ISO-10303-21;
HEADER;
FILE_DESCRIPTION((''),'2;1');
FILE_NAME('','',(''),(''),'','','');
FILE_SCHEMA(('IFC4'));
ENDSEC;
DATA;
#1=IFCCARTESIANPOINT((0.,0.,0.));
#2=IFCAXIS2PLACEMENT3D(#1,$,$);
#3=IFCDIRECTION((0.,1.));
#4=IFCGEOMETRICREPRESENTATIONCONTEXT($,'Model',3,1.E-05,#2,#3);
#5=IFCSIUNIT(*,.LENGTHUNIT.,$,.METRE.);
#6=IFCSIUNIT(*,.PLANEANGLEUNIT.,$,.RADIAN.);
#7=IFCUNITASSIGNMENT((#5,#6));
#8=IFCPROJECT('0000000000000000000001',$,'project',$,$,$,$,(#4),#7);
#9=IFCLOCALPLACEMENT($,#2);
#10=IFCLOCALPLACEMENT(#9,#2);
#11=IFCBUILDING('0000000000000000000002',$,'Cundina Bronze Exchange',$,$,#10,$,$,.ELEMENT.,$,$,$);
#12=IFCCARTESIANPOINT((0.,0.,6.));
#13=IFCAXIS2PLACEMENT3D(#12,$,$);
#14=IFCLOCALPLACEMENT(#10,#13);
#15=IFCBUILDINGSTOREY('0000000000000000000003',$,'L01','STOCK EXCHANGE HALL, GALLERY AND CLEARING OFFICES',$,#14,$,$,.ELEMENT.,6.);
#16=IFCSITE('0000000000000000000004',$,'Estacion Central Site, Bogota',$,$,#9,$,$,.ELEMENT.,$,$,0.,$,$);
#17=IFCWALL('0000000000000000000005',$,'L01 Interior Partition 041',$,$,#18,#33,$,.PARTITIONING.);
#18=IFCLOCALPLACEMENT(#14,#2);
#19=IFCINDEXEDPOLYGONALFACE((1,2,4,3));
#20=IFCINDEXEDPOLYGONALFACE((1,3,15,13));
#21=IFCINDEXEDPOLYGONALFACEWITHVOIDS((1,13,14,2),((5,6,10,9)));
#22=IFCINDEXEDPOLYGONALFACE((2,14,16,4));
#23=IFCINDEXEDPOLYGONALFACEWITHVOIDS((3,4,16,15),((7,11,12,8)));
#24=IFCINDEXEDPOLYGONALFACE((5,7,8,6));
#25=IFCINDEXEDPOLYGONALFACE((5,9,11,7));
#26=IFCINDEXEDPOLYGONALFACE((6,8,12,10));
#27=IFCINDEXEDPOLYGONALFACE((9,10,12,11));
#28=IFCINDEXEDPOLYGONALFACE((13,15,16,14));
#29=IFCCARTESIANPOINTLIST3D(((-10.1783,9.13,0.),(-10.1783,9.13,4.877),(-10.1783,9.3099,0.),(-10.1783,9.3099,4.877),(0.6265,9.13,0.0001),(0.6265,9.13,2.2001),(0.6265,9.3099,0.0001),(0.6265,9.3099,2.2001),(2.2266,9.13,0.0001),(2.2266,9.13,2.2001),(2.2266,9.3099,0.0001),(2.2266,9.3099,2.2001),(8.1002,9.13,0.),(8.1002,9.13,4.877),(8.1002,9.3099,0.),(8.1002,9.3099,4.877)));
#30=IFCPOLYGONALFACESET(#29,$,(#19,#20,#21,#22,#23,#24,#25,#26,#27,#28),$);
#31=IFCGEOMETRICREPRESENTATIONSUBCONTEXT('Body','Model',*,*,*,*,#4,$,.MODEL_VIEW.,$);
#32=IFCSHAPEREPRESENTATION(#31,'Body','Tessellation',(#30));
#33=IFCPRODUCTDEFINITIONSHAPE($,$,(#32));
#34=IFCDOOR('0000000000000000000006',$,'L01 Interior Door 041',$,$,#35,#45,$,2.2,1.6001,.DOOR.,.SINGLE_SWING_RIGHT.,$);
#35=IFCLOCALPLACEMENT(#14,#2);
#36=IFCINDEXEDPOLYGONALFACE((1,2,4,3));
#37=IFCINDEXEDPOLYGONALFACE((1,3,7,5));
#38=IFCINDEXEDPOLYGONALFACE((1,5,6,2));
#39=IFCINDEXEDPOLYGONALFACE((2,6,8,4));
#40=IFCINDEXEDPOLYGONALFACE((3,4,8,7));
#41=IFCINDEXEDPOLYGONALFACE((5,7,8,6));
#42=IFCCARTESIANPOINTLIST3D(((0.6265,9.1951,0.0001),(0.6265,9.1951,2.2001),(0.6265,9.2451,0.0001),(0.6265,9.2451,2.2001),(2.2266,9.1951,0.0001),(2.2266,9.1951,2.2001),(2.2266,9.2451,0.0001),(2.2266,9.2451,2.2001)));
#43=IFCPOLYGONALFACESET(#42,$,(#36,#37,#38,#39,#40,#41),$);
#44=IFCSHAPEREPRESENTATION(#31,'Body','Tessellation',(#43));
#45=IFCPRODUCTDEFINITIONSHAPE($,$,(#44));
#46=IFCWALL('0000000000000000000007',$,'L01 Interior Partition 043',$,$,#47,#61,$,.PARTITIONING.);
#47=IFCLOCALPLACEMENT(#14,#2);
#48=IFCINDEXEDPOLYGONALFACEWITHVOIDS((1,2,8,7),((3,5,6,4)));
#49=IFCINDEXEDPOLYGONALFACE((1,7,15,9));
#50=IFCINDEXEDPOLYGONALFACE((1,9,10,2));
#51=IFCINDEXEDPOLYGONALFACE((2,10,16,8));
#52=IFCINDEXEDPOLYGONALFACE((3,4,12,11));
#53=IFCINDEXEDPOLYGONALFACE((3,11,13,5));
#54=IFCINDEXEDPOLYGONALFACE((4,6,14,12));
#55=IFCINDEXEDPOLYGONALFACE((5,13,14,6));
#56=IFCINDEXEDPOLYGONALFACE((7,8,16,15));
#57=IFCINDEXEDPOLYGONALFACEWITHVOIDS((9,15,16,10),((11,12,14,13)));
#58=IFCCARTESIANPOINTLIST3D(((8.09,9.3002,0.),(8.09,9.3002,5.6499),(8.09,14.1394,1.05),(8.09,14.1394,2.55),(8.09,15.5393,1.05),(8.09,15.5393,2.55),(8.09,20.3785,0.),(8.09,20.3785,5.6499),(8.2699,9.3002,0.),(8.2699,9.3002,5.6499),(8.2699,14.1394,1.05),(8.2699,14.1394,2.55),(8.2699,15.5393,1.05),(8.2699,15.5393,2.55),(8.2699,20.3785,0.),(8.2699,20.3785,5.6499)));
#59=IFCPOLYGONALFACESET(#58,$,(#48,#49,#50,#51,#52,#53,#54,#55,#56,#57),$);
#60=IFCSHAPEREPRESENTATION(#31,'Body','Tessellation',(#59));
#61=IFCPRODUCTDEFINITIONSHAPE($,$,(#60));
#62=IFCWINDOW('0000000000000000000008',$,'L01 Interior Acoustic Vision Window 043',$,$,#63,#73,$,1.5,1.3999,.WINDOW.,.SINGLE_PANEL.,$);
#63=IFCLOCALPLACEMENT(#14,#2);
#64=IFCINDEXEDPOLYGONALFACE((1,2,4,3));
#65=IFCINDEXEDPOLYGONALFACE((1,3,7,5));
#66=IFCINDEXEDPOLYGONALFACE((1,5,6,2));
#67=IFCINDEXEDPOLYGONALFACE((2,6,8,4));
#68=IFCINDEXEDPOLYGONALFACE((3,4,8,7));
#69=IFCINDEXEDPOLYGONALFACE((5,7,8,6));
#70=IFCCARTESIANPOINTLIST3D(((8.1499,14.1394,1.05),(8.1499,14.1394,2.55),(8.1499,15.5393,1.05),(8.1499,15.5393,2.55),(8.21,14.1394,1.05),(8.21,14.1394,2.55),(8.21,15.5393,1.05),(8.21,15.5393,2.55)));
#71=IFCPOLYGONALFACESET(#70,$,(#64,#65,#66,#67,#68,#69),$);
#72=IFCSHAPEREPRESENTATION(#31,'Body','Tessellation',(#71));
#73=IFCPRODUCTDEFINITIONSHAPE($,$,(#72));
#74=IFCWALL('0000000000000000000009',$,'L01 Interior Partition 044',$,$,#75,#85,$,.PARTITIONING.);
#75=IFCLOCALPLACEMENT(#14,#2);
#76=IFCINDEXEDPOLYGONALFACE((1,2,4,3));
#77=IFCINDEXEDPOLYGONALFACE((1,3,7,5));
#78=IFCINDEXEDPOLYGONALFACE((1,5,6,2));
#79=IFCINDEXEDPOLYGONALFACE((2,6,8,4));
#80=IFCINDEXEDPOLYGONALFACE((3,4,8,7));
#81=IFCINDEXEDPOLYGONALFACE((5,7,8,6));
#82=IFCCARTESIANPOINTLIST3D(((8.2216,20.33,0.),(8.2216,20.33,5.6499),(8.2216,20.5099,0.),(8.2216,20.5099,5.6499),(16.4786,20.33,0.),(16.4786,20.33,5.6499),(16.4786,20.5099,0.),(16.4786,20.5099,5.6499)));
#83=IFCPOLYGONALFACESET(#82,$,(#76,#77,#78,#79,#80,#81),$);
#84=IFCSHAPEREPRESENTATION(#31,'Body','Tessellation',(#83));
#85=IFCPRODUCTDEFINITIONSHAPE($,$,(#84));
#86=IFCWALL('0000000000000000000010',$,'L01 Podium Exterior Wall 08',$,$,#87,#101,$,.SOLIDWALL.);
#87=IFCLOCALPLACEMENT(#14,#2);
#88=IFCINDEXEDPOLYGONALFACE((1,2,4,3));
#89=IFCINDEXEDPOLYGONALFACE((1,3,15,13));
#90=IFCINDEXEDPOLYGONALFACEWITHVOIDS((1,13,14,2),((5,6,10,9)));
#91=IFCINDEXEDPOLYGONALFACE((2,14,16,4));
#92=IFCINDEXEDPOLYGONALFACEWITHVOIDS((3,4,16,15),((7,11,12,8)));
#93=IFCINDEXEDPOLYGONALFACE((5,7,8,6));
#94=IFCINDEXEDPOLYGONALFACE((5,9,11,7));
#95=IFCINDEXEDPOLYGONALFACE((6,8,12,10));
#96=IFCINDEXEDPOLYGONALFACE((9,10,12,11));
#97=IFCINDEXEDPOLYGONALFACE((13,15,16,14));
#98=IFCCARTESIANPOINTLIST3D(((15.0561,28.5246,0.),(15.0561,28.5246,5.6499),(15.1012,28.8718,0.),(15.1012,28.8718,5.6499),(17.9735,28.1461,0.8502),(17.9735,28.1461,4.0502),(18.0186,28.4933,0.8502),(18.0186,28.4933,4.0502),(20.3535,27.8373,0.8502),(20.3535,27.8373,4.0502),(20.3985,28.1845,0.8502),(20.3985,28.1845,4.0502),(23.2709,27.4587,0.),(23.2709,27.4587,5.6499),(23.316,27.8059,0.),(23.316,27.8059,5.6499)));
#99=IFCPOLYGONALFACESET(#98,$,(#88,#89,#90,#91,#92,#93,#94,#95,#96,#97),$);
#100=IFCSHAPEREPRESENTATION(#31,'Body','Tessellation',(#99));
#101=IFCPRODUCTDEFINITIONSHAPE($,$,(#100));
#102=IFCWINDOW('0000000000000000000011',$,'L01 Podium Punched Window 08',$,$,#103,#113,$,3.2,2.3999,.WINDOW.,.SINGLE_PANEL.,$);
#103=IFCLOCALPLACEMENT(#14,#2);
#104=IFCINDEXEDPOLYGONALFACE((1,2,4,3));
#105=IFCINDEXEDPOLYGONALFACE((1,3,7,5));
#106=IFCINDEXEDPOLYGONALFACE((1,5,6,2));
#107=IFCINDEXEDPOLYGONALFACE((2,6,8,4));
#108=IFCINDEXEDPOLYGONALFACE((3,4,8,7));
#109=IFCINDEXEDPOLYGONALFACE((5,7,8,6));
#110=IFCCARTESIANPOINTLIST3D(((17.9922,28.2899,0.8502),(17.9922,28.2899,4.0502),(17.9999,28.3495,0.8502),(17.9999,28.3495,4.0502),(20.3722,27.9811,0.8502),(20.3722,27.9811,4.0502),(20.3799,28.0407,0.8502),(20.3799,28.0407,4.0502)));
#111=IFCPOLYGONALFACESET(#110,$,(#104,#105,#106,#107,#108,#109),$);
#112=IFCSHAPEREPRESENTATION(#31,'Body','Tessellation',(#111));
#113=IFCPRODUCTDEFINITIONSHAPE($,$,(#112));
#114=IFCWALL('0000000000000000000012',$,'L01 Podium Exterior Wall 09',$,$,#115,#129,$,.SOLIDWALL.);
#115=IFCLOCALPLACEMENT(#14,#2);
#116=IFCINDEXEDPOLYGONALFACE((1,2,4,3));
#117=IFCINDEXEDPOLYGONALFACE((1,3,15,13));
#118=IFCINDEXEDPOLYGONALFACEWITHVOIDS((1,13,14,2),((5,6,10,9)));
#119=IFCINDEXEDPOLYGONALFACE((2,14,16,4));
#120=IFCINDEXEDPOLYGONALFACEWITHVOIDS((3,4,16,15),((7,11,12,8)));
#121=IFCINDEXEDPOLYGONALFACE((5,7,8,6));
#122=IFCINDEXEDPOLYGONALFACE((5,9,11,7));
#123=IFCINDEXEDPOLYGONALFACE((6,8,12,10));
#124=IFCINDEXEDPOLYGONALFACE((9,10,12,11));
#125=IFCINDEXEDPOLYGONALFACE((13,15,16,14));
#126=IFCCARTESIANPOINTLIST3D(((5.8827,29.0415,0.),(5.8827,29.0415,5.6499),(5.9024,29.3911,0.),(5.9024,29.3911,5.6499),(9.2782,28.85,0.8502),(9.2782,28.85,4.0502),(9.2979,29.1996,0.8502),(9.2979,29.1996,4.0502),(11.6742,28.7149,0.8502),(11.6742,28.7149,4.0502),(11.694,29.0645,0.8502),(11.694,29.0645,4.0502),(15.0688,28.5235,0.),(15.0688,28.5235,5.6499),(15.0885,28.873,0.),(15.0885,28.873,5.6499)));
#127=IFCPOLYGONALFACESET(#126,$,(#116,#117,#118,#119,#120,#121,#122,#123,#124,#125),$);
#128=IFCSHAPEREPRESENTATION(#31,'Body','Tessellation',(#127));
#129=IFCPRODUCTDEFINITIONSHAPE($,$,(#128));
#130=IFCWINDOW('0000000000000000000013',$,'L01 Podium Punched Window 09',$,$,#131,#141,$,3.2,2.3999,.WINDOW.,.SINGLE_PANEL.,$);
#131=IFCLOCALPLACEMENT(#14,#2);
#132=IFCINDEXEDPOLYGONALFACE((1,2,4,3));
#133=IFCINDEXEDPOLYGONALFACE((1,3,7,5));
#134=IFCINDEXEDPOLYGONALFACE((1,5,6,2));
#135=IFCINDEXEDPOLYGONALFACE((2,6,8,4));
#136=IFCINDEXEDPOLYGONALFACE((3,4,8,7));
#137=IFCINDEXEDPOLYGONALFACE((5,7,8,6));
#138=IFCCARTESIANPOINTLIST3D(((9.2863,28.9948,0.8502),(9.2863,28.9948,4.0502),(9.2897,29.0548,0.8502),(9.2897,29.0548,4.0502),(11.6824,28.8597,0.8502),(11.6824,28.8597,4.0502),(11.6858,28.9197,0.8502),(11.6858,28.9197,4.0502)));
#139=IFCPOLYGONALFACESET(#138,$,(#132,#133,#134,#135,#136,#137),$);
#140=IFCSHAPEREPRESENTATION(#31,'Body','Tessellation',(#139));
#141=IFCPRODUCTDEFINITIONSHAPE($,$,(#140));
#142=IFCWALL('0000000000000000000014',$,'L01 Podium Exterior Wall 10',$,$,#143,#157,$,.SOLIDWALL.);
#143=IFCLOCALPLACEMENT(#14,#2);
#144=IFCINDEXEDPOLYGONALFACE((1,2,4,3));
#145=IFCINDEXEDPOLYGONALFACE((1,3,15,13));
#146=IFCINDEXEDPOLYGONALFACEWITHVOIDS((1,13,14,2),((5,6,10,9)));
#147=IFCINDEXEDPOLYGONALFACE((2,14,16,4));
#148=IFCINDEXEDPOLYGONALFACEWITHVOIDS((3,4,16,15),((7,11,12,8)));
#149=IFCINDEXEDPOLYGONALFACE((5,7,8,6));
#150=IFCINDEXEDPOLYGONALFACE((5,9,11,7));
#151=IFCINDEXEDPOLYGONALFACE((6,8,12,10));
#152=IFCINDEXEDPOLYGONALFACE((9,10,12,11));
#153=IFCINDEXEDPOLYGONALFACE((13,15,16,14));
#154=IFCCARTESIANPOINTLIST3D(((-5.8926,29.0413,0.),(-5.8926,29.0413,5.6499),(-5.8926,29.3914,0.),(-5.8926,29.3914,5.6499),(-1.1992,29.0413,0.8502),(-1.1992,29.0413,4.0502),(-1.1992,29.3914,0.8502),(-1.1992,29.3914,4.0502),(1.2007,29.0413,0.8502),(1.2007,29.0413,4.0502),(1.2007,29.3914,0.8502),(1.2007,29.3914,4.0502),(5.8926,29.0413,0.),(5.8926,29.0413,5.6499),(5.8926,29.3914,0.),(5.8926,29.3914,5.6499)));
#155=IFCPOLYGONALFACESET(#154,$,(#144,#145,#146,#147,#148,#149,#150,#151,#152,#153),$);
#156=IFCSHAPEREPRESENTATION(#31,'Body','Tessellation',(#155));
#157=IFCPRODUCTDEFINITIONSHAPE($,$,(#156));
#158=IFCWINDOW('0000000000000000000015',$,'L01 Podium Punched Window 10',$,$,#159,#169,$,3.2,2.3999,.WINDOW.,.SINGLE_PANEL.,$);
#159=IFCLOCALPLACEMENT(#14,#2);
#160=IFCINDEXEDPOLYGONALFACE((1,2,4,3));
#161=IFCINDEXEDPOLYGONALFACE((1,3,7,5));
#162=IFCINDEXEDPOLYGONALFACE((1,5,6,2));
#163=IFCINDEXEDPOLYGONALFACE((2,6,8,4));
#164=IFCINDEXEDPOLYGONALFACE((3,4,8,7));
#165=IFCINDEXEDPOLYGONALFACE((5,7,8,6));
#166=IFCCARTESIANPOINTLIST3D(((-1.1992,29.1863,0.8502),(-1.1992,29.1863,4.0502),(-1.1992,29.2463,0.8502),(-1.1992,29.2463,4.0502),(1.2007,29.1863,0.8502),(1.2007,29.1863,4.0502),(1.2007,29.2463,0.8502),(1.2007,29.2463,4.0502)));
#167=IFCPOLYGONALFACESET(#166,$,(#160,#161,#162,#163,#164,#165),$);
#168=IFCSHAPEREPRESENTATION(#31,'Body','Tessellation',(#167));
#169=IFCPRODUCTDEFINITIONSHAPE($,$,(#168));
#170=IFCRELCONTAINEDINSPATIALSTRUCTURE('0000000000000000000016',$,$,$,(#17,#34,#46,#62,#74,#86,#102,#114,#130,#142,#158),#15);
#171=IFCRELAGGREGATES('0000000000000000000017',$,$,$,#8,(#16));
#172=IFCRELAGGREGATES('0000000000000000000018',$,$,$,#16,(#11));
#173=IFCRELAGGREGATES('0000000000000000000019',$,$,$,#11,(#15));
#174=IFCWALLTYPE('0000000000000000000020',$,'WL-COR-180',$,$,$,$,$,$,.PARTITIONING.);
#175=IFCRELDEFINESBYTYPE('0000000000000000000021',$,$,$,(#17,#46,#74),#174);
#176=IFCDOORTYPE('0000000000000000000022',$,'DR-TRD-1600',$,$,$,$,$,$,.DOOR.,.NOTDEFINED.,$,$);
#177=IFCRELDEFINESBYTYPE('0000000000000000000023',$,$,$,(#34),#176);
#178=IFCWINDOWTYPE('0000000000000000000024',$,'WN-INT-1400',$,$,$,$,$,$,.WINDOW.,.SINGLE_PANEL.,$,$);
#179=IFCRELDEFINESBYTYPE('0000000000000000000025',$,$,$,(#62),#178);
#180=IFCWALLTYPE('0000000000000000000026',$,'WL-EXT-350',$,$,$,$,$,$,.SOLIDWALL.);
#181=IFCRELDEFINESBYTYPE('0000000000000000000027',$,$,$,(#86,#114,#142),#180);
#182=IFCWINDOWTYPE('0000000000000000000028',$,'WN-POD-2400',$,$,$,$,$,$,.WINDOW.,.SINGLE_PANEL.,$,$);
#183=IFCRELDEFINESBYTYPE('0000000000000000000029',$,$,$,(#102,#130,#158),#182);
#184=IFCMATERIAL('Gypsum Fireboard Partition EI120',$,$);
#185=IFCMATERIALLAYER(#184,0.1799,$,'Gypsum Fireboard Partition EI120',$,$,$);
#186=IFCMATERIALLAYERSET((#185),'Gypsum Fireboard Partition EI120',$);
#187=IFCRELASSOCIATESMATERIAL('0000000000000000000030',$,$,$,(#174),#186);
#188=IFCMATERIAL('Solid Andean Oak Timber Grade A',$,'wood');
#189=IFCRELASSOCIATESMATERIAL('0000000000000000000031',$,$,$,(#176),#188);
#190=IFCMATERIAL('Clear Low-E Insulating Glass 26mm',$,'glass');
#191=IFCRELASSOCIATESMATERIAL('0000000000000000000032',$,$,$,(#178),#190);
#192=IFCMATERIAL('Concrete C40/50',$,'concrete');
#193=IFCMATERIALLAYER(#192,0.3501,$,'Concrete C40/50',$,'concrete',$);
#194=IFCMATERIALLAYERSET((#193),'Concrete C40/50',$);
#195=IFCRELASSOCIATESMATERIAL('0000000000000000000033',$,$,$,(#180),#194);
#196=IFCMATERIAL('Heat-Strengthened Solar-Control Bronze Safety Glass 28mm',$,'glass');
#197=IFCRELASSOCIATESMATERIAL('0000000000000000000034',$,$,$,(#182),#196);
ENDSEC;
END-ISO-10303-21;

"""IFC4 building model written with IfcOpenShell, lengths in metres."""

from ifc_helpers import new_model, si_unit, direction, frame, frame_2d, origin, place, context, subcontext, project, spatial, rectangle, extrude, material, layer, layer_set, type_object, element, fill, save


model = new_model("IFC4")

# Units and contexts
model_context = context("Model", 3, precision=1e-05, world=origin(), true_north=direction((0.0, 1.0)))
body_context = subcontext(model_context, "Body", "Model", "MODEL_VIEW")
ifc_project = project(units=[si_unit("LENGTHUNIT", "METRE"), si_unit("PLANEANGLEUNIT", "RADIAN")], contexts=[model_context])

# Site, building, storey
site_placement = place(None, origin())
site = spatial("IfcSite", under=ifc_project, at=site_placement, Name="Estacion Central Site, Bogota", CompositionType="ELEMENT", RefElevation=0.0)
building_placement = place(site_placement, origin())
building = spatial("IfcBuilding", under=site, at=building_placement, Name="Cundina Bronze Exchange", CompositionType="ELEMENT")
storey_placement = place(building_placement, frame((0.0, 0.0, 6.0)))
storey = spatial("IfcBuildingStorey", under=building, at=storey_placement, Name="L01", Description="STOCK EXCHANGE HALL, GALLERY AND CLEARING OFFICES", CompositionType="ELEMENT", Elevation=6.0)

# Wall, opening, door
ifc_material_1 = material(Name="Gypsum Fireboard Partition EI120")
ifc_layer_1 = layer(ifc_material_1, 0.1799, Name="Gypsum Fireboard Partition EI120")
ifc_layer_set_1 = layer_set([ifc_layer_1], Name="Gypsum Fireboard Partition EI120")
wall_type_1 = type_object("IfcWallType", Name="WL-COR-180", PredefinedType="PARTITIONING", material=ifc_layer_set_1)
wall_1_placement = place(storey_placement, frame((8.1001, 9.22, 0.0), z_axis=(0.0, 0.0, 1.0), x_axis=(-1.0, 0.0, 0.0)))
wall_1 = element("IfcWall", 1, at=wall_1_placement, inside=storey, type_object=wall_type_1, Name="L01 Interior Partition 041", PredefinedType="PARTITIONING", context=body_context, shape_type="SweptSolid", body=[
    extrude(rectangle(XDim=18.2786, YDim=0.1799, at=frame_2d((9.1392, 0.0))), origin(), (0.0, 0.0, 1.0), 4.877),
])
opening_1_placement = place(wall_1_placement, frame((5.8735, 0.0, 0.0)))
opening_1 = element("IfcOpeningElement", 2, at=opening_1_placement, cuts=wall_1, PredefinedType="OPENING", context=body_context, shape_type="SweptSolid", body=[
    extrude(rectangle(XDim=1.6001, YDim=2.2, at=frame_2d((0.8, 1.1001))), frame((0.0, 0.0999, 0.0), z_axis=(0.0, -1.0, 0.0), x_axis=(1.0, 0.0, 0.0)), (0.0, 0.0, 1.0), 0.2),
])
ifc_material_2 = material(Name="Solid Andean Oak Timber Grade A", Category="wood")
door_type_1 = type_object("IfcDoorType", Name="DR-TRD-1600", OperationType="NOTDEFINED", PredefinedType="DOOR", material=ifc_material_2)
door_1_placement = place(opening_1_placement, origin())
door_1 = element("IfcDoor", 3, at=door_1_placement, inside=storey, type_object=door_type_1, Name="L01 Interior Door 041", OperationType="SINGLE_SWING_RIGHT", OverallHeight=2.2, OverallWidth=1.6001, PredefinedType="DOOR", context=body_context, shape_type="SweptSolid", body=[
    extrude(rectangle(XDim=1.6001, YDim=2.2, at=frame_2d((0.8, 1.1001))), frame((0.0, 0.0249, 0.0), z_axis=(0.0, -1.0, 0.0), x_axis=(1.0, 0.0, 0.0)), (0.0, 0.0, 1.0), 0.05),
])
fill(opening_1, door_1)

# Wall, opening, window
wall_2_placement = place(storey_placement, frame((8.1799, 20.3784, 0.0), z_axis=(0.0, 0.0, 1.0), x_axis=(0.0, -1.0, 0.0)))
wall_2 = element("IfcWall", 4, at=wall_2_placement, inside=storey, type_object=wall_type_1, Name="L01 Interior Partition 043", PredefinedType="PARTITIONING", context=body_context, shape_type="SweptSolid", body=[
    extrude(rectangle(XDim=11.0784, YDim=0.1799, at=frame_2d((5.5391, 0.0))), origin(), (0.0, 0.0, 1.0), 5.6499),
])
opening_2_placement = place(wall_2_placement, frame((4.8391, 0.0, 1.05)))
opening_2 = element("IfcOpeningElement", 5, at=opening_2_placement, cuts=wall_2, PredefinedType="OPENING", context=body_context, shape_type="SweptSolid", body=[
    extrude(rectangle(XDim=1.3999, YDim=1.5, at=frame_2d((0.7, 0.75))), frame((0.0, 0.0999, 0.0), z_axis=(0.0, -1.0, 0.0), x_axis=(1.0, 0.0, 0.0)), (0.0, 0.0, 1.0), 0.2),
])
ifc_material_3 = material(Name="Clear Low-E Insulating Glass 26mm", Category="glass")
window_type_1 = type_object("IfcWindowType", Name="WN-INT-1400", PartitioningType="SINGLE_PANEL", PredefinedType="WINDOW", material=ifc_material_3)
window_1_placement = place(opening_2_placement, origin())
window_1 = element("IfcWindow", 6, at=window_1_placement, inside=storey, type_object=window_type_1, Name="L01 Interior Acoustic Vision Window 043", OverallHeight=1.5, OverallWidth=1.3999, PartitioningType="SINGLE_PANEL", PredefinedType="WINDOW", context=body_context, shape_type="SweptSolid", body=[
    extrude(rectangle(XDim=1.3999, YDim=1.5, at=frame_2d((0.7, 0.75))), frame((0.0, 0.03, 0.0), z_axis=(0.0, -1.0, 0.0), x_axis=(1.0, 0.0, 0.0)), (0.0, 0.0, 1.0), 0.0601),
])
fill(opening_2, window_1)

# Wall
wall_3_placement = place(storey_placement, frame((16.4785, 20.4199, 0.0), z_axis=(0.0, 0.0, 1.0), x_axis=(-1.0, 0.0, 0.0)))
element("IfcWall", 7, at=wall_3_placement, inside=storey, type_object=wall_type_1, Name="L01 Interior Partition 044", PredefinedType="PARTITIONING", context=body_context, shape_type="SweptSolid", body=[
    extrude(rectangle(XDim=8.2571, YDim=0.1799, at=frame_2d((4.1284, 0.0))), origin(), (0.0, 0.0, 1.0), 5.6499),
])

# Walls, openings, windows
ifc_material_4 = material(Name="Concrete C40/50", Category="concrete")
ifc_layer_2 = layer(ifc_material_4, 0.3501, Name="Concrete C40/50", Category="concrete")
ifc_layer_set_2 = layer_set([ifc_layer_2], Name="Concrete C40/50")
wall_type_2 = type_object("IfcWallType", Name="WL-EXT-350", PredefinedType="SOLIDWALL", material=ifc_layer_set_2)
wall_4_placement = place(storey_placement, frame((23.2935, 27.6323, 0.0), z_axis=(0.0, 0.0, 1.0), x_axis=(-0.991687, 0.128676, 0.0)))
wall_4 = element("IfcWall", 8, at=wall_4_placement, inside=storey, type_object=wall_type_2, Name="L01 Podium Exterior Wall 08", PredefinedType="SOLIDWALL", context=body_context, shape_type="SweptSolid", body=[
    extrude(rectangle(XDim=8.2837, YDim=0.3501, at=frame_2d((4.1418, 0.0))), origin(), (0.0, 0.0, 1.0), 5.6499),
])
opening_3_placement = place(wall_4_placement, frame((2.9419, 0.0, 0.8501)))
opening_3 = element("IfcOpeningElement", 9, at=opening_3_placement, cuts=wall_4, PredefinedType="OPENING", context=body_context, shape_type="SweptSolid", body=[
    extrude(rectangle(XDim=2.3999, YDim=3.2, at=frame_2d((1.2, 1.6001))), frame((0.0, 0.1851, 0.0), z_axis=(0.0, -1.0, 0.0), x_axis=(1.0, 0.0, 0.0)), (0.0, 0.0, 1.0), 0.3701),
])
ifc_material_5 = material(Name="Heat-Strengthened Solar-Control Bronze Safety Glass 28mm", Category="glass")
window_type_2 = type_object("IfcWindowType", Name="WN-POD-2400", PartitioningType="SINGLE_PANEL", PredefinedType="WINDOW", material=ifc_material_5)
window_2_placement = place(opening_3_placement, origin())
window_2 = element("IfcWindow", 10, at=window_2_placement, inside=storey, type_object=window_type_2, Name="L01 Podium Punched Window 08", OverallHeight=3.2, OverallWidth=2.3999, PartitioningType="SINGLE_PANEL", PredefinedType="WINDOW", context=body_context, shape_type="SweptSolid", body=[
    extrude(rectangle(XDim=2.3999, YDim=3.2, at=frame_2d((1.2, 1.6001))), frame((0.0, 0.03, 0.0), z_axis=(0.0, -1.0, 0.0), x_axis=(1.0, 0.0, 0.0)), (0.0, 0.0, 1.0), 0.0601),
])
fill(opening_3, window_2)
wall_5_placement = place(storey_placement, frame((15.0786, 28.6982, 0.0), z_axis=(0.0, 0.0, 1.0), x_axis=(-0.998413, 0.056308, 0.0)))
wall_5 = element("IfcWall", 11, at=wall_5_placement, inside=storey, type_object=wall_type_2, Name="L01 Podium Exterior Wall 09", PredefinedType="SOLIDWALL", context=body_context, shape_type="SweptSolid", body=[
    extrude(rectangle(XDim=9.2007, YDim=0.3501, at=frame_2d((4.6003, 0.0))), origin(), (0.0, 0.0, 1.0), 5.6499),
])
opening_4_placement = place(wall_5_placement, frame((3.3999, 0.0, 0.8501)))
opening_4 = element("IfcOpeningElement", 12, at=opening_4_placement, cuts=wall_5, PredefinedType="OPENING", context=body_context, shape_type="SweptSolid", body=[
    extrude(rectangle(XDim=2.3999, YDim=3.2, at=frame_2d((1.2, 1.6001))), frame((0.0, 0.1851, 0.0), z_axis=(0.0, -1.0, 0.0), x_axis=(1.0, 0.0, 0.0)), (0.0, 0.0, 1.0), 0.3701),
])
window_3_placement = place(opening_4_placement, origin())
window_3 = element("IfcWindow", 13, at=window_3_placement, inside=storey, type_object=window_type_2, Name="L01 Podium Punched Window 09", OverallHeight=3.2, OverallWidth=2.3999, PartitioningType="SINGLE_PANEL", PredefinedType="WINDOW", context=body_context, shape_type="SweptSolid", body=[
    extrude(rectangle(XDim=2.3999, YDim=3.2, at=frame_2d((1.2, 1.6001))), frame((0.0, 0.03, 0.0), z_axis=(0.0, -1.0, 0.0), x_axis=(1.0, 0.0, 0.0)), (0.0, 0.0, 1.0), 0.0601),
])
fill(opening_4, window_3)
wall_6_placement = place(storey_placement, frame((5.8926, 29.2163, 0.0), z_axis=(0.0, 0.0, 1.0), x_axis=(-1.0, 0.0, 0.0)))
wall_6 = element("IfcWall", 14, at=wall_6_placement, inside=storey, type_object=wall_type_2, Name="L01 Podium Exterior Wall 10", PredefinedType="SOLIDWALL", context=body_context, shape_type="SweptSolid", body=[
    extrude(rectangle(XDim=11.7852, YDim=0.3501, at=frame_2d((5.8926, 0.0))), origin(), (0.0, 0.0, 1.0), 5.6499),
])
opening_5_placement = place(wall_6_placement, frame((4.6919, 0.0, 0.8501)))
opening_5 = element("IfcOpeningElement", 15, at=opening_5_placement, cuts=wall_6, PredefinedType="OPENING", context=body_context, shape_type="SweptSolid", body=[
    extrude(rectangle(XDim=2.3999, YDim=3.2, at=frame_2d((1.2, 1.6001))), frame((0.0, 0.1851, 0.0), z_axis=(0.0, -1.0, 0.0), x_axis=(1.0, 0.0, 0.0)), (0.0, 0.0, 1.0), 0.3701),
])
window_4_placement = place(opening_5_placement, origin())
window_4 = element("IfcWindow", 16, at=window_4_placement, inside=storey, type_object=window_type_2, Name="L01 Podium Punched Window 10", OverallHeight=3.2, OverallWidth=2.3999, PartitioningType="SINGLE_PANEL", PredefinedType="WINDOW", context=body_context, shape_type="SweptSolid", body=[
    extrude(rectangle(XDim=2.3999, YDim=3.2, at=frame_2d((1.2, 1.6001))), frame((0.0, 0.03, 0.0), z_axis=(0.0, -1.0, 0.0), x_axis=(1.0, 0.0, 0.0)), (0.0, 0.0, 1.0), 0.0601),
])
fill(opening_5, window_4)

save(model, "model.ifc")
